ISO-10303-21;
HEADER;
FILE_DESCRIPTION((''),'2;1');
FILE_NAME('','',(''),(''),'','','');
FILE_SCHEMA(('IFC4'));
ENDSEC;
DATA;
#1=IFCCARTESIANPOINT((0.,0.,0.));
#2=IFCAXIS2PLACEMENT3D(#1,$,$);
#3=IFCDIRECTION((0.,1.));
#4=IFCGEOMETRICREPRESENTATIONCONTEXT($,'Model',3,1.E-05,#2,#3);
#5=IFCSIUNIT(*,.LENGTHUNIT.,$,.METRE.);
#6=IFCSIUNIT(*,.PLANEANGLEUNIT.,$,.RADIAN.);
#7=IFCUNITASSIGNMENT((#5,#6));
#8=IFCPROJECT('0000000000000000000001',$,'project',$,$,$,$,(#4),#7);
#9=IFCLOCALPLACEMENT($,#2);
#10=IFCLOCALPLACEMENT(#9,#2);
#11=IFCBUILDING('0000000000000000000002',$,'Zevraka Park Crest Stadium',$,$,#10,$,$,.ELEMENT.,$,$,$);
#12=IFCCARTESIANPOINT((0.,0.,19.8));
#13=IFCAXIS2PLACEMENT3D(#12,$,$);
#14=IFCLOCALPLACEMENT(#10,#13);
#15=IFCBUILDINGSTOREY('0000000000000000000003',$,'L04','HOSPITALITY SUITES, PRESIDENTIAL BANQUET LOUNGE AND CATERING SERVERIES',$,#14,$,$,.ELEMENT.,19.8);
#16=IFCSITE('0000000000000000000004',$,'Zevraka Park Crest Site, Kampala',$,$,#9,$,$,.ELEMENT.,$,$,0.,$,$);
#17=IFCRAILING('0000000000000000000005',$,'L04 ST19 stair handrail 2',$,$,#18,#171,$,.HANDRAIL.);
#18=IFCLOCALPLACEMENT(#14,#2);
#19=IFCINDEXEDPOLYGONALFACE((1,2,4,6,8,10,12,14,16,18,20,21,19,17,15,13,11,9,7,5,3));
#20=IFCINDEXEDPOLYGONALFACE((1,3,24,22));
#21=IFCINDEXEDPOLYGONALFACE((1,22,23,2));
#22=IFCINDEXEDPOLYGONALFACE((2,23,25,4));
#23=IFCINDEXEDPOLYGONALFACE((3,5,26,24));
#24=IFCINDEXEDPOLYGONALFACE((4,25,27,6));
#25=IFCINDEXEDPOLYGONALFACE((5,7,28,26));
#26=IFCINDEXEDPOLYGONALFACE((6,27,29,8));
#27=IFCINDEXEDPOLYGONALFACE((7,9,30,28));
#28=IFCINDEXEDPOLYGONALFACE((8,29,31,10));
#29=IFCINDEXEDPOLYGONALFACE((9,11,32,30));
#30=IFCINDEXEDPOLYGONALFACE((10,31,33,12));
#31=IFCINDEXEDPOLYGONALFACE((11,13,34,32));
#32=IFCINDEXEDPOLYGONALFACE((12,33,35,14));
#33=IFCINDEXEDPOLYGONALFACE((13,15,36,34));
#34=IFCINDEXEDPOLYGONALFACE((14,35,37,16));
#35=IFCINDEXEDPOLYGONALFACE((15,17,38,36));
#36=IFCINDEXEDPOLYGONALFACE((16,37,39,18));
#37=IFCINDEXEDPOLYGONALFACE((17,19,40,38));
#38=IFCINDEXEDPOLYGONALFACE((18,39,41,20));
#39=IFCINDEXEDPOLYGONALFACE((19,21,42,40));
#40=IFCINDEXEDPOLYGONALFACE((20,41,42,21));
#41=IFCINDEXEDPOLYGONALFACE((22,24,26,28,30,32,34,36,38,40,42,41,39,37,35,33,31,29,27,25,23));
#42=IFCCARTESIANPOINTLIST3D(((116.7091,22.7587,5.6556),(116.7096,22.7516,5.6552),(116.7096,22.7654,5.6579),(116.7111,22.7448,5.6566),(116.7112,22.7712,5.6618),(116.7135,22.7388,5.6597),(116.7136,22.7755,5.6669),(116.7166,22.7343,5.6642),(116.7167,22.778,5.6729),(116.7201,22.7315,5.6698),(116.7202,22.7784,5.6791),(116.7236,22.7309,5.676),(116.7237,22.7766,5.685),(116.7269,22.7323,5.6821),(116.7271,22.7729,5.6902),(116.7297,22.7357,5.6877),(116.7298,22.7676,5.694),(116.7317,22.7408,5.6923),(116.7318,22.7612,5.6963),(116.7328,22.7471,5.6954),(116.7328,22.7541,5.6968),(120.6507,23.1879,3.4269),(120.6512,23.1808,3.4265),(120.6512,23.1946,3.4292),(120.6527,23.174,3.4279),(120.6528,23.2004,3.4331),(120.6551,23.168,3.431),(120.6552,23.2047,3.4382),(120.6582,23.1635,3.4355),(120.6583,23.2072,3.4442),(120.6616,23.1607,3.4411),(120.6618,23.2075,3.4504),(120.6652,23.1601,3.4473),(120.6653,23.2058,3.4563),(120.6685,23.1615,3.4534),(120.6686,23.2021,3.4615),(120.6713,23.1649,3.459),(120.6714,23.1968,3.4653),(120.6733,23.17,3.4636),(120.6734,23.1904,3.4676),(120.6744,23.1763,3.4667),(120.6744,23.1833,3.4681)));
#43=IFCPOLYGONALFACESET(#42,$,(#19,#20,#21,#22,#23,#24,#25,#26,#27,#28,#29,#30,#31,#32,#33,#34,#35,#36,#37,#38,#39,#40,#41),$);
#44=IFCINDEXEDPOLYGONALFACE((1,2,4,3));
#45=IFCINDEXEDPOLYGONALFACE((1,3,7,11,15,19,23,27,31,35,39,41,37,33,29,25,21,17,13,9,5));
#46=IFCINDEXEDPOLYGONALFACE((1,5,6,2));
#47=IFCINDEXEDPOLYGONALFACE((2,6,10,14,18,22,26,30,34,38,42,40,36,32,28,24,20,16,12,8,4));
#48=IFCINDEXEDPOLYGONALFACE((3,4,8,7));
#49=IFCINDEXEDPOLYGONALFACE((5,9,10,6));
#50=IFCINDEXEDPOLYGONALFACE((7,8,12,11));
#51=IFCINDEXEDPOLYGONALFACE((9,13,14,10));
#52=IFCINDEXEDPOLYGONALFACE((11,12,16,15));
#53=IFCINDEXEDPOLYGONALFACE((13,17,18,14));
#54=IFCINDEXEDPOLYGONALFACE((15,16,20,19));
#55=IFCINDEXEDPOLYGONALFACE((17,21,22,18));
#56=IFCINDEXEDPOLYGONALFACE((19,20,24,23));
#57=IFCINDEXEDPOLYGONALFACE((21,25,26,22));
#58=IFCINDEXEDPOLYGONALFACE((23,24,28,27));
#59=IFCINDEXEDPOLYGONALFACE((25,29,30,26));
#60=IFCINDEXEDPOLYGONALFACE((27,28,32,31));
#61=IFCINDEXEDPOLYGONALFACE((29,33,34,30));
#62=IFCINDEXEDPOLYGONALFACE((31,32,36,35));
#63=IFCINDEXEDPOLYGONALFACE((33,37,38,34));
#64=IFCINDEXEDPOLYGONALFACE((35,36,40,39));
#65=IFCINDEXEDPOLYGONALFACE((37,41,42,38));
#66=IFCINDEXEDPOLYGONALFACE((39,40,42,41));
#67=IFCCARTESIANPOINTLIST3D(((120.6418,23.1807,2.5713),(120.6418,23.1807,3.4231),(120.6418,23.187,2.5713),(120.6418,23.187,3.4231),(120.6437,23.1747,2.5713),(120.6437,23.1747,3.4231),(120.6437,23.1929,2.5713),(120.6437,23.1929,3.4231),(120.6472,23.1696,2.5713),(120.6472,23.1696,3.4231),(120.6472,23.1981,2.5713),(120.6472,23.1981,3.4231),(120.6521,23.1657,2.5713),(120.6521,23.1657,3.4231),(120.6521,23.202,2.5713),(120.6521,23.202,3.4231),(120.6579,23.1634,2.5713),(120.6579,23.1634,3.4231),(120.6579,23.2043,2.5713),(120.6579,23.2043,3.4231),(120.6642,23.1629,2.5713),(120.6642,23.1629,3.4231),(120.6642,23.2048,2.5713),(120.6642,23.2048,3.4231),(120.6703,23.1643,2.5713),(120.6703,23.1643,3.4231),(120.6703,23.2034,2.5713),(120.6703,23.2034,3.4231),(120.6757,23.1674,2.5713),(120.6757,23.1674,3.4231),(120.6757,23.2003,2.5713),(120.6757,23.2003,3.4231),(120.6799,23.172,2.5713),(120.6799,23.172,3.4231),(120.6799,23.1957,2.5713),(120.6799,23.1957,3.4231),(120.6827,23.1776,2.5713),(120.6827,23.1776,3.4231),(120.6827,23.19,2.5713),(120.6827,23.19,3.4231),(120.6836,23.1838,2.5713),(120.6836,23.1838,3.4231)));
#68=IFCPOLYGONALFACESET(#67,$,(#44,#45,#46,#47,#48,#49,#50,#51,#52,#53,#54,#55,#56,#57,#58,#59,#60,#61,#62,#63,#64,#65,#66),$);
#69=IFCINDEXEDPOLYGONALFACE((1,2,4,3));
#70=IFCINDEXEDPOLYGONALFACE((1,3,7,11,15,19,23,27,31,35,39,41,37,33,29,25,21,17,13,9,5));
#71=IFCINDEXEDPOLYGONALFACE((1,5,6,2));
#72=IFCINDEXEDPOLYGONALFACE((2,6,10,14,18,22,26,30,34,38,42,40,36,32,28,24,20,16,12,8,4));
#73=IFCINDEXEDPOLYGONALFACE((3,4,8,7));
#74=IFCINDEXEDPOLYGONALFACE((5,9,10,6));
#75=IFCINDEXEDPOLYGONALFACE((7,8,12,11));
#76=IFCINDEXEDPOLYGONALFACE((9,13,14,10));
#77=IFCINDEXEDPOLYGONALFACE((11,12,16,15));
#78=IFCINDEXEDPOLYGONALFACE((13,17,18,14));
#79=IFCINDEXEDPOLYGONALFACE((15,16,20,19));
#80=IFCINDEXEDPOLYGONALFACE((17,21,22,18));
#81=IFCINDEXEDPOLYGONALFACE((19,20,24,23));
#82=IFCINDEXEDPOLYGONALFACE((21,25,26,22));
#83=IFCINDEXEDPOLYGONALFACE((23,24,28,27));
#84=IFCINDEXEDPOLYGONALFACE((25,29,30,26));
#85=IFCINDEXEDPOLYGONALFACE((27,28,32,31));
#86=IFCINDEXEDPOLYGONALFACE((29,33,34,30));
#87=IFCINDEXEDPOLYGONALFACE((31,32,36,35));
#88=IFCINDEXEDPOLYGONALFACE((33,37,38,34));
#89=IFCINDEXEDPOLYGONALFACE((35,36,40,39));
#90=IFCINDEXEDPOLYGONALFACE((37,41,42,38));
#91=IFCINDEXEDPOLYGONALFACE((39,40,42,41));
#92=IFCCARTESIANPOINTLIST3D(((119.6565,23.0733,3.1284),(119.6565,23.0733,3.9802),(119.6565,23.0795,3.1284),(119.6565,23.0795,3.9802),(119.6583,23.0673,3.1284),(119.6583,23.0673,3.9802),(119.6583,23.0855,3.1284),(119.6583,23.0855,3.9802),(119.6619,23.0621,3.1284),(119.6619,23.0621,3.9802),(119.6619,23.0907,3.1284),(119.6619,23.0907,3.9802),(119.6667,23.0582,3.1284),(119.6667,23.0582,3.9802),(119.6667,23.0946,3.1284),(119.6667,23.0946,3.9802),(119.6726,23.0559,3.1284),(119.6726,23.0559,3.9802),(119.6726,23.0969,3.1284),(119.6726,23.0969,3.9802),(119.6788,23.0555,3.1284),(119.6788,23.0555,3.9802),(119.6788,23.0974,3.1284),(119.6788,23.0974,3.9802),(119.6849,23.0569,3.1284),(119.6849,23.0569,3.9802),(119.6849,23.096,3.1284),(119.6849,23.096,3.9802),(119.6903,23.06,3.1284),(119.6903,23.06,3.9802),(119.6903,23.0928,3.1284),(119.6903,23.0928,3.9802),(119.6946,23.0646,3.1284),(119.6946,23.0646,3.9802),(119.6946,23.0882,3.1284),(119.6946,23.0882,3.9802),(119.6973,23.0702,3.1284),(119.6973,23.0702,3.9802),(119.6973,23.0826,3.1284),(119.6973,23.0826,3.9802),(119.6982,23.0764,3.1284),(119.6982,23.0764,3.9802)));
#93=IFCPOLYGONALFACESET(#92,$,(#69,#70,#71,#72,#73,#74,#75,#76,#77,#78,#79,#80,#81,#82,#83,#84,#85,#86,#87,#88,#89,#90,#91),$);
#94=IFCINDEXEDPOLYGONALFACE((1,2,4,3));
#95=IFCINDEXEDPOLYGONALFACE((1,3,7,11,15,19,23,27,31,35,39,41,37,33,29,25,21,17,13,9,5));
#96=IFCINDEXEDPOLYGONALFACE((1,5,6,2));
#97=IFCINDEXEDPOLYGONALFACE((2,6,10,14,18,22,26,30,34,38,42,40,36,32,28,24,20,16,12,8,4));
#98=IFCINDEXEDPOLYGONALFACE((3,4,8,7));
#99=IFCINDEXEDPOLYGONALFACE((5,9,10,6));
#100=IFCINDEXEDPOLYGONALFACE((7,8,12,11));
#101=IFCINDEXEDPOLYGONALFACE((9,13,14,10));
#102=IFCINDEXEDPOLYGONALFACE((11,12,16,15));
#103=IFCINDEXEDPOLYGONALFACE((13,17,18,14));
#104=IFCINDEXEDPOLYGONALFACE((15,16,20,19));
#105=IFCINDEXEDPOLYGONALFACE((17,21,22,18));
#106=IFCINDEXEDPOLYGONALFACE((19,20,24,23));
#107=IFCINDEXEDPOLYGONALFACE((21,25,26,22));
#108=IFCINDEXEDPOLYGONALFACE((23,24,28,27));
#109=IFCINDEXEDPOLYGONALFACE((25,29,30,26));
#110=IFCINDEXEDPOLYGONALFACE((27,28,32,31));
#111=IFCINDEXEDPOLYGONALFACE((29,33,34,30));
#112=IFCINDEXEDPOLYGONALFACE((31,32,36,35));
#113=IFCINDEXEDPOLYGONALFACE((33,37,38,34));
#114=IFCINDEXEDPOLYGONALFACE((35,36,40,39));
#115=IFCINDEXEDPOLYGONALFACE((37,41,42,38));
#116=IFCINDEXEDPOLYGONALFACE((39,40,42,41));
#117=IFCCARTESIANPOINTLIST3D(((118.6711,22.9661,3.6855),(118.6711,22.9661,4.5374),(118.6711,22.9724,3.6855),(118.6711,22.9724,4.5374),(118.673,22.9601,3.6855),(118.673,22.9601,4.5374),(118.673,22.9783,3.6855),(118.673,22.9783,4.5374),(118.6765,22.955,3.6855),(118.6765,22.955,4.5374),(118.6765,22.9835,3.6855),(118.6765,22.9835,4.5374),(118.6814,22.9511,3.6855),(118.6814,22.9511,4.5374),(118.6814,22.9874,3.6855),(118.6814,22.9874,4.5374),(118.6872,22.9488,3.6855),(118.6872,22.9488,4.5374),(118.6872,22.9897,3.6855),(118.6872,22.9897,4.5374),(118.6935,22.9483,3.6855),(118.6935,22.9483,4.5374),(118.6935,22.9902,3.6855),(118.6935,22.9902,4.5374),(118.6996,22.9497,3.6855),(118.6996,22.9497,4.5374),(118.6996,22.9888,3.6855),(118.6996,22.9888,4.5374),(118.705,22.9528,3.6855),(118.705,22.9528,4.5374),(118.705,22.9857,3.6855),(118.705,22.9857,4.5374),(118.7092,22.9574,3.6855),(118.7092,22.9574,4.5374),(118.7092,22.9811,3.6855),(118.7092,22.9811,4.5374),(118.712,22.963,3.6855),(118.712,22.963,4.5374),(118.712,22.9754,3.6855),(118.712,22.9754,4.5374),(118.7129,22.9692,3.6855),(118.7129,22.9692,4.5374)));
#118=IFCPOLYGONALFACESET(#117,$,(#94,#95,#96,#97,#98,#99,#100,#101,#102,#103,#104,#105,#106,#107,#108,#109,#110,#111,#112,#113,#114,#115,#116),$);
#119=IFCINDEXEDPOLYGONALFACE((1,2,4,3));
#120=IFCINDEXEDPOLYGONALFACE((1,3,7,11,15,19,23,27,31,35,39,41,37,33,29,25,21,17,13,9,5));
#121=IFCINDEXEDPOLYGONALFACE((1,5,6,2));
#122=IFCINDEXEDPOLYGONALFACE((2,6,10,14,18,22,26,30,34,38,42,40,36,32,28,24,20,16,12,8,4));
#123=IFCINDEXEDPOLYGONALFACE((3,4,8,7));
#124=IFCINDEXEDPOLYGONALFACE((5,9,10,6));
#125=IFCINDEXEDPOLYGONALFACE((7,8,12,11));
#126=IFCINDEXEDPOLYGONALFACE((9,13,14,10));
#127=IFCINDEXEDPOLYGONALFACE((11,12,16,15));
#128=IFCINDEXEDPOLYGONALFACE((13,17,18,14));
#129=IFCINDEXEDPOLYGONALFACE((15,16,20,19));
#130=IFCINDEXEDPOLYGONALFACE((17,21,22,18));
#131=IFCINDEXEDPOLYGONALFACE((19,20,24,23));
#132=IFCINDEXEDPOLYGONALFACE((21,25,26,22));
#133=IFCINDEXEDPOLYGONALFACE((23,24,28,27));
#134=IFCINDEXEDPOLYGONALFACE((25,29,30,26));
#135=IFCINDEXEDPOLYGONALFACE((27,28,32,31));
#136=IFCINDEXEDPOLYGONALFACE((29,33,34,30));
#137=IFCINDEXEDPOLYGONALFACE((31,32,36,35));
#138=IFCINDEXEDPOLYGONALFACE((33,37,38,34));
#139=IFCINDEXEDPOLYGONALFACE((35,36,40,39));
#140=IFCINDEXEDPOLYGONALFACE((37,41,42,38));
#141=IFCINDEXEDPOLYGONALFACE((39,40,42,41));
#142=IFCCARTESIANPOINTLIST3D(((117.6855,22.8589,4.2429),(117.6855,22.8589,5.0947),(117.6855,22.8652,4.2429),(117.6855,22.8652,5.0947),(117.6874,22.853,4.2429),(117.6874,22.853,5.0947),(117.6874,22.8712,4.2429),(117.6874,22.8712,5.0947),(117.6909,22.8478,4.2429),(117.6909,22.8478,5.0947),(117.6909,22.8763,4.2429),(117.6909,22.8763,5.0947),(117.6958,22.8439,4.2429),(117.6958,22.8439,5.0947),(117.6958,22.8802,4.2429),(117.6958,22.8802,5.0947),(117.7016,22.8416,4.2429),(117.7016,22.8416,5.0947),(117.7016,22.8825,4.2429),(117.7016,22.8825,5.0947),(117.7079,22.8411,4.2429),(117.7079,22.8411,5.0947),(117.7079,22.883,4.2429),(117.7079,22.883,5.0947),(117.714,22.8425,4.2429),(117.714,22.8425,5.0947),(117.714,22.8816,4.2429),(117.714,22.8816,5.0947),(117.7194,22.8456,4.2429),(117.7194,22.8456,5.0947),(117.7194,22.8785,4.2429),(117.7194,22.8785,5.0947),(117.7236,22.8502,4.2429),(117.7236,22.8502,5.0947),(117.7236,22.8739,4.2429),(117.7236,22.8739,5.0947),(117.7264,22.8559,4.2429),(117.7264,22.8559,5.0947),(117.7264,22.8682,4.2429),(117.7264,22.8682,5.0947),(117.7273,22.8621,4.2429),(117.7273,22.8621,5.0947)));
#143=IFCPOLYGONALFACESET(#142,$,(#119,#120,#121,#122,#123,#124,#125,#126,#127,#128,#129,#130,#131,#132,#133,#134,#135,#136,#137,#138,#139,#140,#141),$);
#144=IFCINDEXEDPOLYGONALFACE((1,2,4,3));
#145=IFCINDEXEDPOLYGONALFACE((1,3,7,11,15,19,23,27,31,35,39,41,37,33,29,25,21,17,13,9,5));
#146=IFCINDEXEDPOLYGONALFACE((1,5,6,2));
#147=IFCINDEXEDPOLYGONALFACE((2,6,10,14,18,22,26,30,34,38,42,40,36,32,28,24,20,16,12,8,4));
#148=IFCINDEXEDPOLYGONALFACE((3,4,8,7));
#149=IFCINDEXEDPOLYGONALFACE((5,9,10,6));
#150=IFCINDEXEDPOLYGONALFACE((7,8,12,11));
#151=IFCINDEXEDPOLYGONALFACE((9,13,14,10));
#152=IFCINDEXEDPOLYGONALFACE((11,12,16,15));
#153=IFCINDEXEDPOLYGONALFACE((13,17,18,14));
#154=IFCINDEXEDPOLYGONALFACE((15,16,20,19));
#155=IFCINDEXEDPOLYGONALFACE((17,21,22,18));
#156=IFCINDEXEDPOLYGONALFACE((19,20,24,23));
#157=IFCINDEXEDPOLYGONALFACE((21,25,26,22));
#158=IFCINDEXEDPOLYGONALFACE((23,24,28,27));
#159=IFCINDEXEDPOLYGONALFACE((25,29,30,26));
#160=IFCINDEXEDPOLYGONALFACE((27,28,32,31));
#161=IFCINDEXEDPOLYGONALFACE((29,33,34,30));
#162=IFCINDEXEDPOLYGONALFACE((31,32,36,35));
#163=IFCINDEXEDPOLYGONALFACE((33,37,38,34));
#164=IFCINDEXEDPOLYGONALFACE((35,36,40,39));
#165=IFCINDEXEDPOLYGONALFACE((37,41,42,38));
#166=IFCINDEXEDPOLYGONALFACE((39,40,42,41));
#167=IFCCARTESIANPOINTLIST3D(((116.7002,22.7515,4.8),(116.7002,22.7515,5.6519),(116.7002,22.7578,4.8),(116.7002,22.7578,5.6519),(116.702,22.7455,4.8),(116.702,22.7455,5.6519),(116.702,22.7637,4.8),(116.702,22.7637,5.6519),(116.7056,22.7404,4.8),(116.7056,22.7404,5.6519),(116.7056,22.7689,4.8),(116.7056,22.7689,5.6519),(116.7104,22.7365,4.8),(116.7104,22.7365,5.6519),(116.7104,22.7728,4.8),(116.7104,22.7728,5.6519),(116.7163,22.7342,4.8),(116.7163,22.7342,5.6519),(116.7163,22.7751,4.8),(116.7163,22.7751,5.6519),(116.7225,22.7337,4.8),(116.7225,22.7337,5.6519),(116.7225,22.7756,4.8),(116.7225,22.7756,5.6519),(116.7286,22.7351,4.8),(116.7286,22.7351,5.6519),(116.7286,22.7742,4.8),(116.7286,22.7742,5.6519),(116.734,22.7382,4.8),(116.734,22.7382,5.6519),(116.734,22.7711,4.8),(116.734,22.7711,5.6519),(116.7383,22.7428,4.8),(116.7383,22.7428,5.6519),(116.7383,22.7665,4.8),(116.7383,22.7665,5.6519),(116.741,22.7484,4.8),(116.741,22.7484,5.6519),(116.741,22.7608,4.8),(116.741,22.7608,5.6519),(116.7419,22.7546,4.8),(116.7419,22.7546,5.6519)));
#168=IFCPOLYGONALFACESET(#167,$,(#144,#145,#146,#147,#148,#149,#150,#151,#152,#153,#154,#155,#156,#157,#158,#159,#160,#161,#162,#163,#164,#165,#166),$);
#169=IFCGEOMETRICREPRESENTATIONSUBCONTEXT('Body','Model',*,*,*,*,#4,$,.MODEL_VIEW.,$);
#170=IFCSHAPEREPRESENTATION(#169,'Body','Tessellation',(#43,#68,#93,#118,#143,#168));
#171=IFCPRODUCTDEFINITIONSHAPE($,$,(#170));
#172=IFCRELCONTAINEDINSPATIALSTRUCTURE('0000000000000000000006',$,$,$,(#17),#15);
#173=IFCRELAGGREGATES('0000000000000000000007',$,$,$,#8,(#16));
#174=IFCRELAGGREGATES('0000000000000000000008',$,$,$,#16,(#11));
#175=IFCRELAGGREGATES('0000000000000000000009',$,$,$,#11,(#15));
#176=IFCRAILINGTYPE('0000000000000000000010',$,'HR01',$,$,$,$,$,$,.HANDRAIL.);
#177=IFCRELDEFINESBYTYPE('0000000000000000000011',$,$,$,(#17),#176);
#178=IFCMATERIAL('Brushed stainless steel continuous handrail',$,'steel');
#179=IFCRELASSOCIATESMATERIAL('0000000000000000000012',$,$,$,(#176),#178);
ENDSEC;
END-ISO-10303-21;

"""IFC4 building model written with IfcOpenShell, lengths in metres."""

from ifc_helpers import new_model, si_unit, direction, frame, origin, origin_2d, place, context, subcontext, project, spatial, circle, extrude, material, type_object, element, save


model = new_model("IFC4")

# Units and contexts
model_context = context("Model", 3, precision=1e-05, world=origin(), true_north=direction((0.0, 1.0)))
body_context = subcontext(model_context, "Body", "Model", "MODEL_VIEW")
ifc_project = project(units=[si_unit("LENGTHUNIT", "METRE"), si_unit("PLANEANGLEUNIT", "RADIAN")], contexts=[model_context])

# Site, building, storey
site_placement = place(None, origin())
site = spatial("IfcSite", under=ifc_project, at=site_placement, Name="Zevraka Park Crest Site, Kampala", CompositionType="ELEMENT", RefElevation=0.0)
building_placement = place(site_placement, origin())
building = spatial("IfcBuilding", under=site, at=building_placement, Name="Zevraka Park Crest Stadium", CompositionType="ELEMENT")
storey_placement = place(building_placement, frame((0.0, 0.0, 19.8)))
storey = spatial("IfcBuildingStorey", under=building, at=storey_placement, Name="L04", Description="HOSPITALITY SUITES, PRESIDENTIAL BANQUET LOUNGE AND CATERING SERVERIES", CompositionType="ELEMENT", Elevation=19.8)

# Railing
ifc_material_1 = material(Name="Brushed stainless steel continuous handrail", Category="steel")
railing_type_1 = type_object("IfcRailingType", Name="HR01", PredefinedType="HANDRAIL", material=ifc_material_1)
railing_1_placement = place(storey_placement, frame((120.6626, 23.1838, 2.5713)))
element("IfcRailing", 1, at=railing_1_placement, inside=storey, type_object=railing_type_1, Name="L04 ST19 stair handrail 2", PredefinedType="HANDRAIL", context=body_context, shape_type="SweptSolid", body=[
    extrude(circle(Radius=0.0239, at=origin_2d()), frame((0.0, 0.0, 0.876), z_axis=(-0.866596, -0.094362, 0.490007), x_axis=(0.108248, -0.994124, 0.0)), (0.0, 0.0, 1.0), 4.5483),
    extrude(circle(Radius=0.021, at=origin_2d()), origin(), (0.0, 0.0, 1.0), 0.8518),
    extrude(circle(Radius=0.021, at=origin_2d()), frame((-0.9854, -0.1074, 0.5571)), (0.0, 0.0, 1.0), 0.8518),
    extrude(circle(Radius=0.021, at=origin_2d()), frame((-1.9707, -0.2146, 1.1143)), (0.0, 0.0, 1.0), 0.8518),
    extrude(circle(Radius=0.021, at=origin_2d()), frame((-2.9563, -0.3218, 1.6716)), (0.0, 0.0, 1.0), 0.8518),
    extrude(circle(Radius=0.021, at=origin_2d()), frame((-3.9417, -0.4292, 2.2288)), (0.0, 0.0, 1.0), 0.8518),
])

save(model, "model.ifc")
